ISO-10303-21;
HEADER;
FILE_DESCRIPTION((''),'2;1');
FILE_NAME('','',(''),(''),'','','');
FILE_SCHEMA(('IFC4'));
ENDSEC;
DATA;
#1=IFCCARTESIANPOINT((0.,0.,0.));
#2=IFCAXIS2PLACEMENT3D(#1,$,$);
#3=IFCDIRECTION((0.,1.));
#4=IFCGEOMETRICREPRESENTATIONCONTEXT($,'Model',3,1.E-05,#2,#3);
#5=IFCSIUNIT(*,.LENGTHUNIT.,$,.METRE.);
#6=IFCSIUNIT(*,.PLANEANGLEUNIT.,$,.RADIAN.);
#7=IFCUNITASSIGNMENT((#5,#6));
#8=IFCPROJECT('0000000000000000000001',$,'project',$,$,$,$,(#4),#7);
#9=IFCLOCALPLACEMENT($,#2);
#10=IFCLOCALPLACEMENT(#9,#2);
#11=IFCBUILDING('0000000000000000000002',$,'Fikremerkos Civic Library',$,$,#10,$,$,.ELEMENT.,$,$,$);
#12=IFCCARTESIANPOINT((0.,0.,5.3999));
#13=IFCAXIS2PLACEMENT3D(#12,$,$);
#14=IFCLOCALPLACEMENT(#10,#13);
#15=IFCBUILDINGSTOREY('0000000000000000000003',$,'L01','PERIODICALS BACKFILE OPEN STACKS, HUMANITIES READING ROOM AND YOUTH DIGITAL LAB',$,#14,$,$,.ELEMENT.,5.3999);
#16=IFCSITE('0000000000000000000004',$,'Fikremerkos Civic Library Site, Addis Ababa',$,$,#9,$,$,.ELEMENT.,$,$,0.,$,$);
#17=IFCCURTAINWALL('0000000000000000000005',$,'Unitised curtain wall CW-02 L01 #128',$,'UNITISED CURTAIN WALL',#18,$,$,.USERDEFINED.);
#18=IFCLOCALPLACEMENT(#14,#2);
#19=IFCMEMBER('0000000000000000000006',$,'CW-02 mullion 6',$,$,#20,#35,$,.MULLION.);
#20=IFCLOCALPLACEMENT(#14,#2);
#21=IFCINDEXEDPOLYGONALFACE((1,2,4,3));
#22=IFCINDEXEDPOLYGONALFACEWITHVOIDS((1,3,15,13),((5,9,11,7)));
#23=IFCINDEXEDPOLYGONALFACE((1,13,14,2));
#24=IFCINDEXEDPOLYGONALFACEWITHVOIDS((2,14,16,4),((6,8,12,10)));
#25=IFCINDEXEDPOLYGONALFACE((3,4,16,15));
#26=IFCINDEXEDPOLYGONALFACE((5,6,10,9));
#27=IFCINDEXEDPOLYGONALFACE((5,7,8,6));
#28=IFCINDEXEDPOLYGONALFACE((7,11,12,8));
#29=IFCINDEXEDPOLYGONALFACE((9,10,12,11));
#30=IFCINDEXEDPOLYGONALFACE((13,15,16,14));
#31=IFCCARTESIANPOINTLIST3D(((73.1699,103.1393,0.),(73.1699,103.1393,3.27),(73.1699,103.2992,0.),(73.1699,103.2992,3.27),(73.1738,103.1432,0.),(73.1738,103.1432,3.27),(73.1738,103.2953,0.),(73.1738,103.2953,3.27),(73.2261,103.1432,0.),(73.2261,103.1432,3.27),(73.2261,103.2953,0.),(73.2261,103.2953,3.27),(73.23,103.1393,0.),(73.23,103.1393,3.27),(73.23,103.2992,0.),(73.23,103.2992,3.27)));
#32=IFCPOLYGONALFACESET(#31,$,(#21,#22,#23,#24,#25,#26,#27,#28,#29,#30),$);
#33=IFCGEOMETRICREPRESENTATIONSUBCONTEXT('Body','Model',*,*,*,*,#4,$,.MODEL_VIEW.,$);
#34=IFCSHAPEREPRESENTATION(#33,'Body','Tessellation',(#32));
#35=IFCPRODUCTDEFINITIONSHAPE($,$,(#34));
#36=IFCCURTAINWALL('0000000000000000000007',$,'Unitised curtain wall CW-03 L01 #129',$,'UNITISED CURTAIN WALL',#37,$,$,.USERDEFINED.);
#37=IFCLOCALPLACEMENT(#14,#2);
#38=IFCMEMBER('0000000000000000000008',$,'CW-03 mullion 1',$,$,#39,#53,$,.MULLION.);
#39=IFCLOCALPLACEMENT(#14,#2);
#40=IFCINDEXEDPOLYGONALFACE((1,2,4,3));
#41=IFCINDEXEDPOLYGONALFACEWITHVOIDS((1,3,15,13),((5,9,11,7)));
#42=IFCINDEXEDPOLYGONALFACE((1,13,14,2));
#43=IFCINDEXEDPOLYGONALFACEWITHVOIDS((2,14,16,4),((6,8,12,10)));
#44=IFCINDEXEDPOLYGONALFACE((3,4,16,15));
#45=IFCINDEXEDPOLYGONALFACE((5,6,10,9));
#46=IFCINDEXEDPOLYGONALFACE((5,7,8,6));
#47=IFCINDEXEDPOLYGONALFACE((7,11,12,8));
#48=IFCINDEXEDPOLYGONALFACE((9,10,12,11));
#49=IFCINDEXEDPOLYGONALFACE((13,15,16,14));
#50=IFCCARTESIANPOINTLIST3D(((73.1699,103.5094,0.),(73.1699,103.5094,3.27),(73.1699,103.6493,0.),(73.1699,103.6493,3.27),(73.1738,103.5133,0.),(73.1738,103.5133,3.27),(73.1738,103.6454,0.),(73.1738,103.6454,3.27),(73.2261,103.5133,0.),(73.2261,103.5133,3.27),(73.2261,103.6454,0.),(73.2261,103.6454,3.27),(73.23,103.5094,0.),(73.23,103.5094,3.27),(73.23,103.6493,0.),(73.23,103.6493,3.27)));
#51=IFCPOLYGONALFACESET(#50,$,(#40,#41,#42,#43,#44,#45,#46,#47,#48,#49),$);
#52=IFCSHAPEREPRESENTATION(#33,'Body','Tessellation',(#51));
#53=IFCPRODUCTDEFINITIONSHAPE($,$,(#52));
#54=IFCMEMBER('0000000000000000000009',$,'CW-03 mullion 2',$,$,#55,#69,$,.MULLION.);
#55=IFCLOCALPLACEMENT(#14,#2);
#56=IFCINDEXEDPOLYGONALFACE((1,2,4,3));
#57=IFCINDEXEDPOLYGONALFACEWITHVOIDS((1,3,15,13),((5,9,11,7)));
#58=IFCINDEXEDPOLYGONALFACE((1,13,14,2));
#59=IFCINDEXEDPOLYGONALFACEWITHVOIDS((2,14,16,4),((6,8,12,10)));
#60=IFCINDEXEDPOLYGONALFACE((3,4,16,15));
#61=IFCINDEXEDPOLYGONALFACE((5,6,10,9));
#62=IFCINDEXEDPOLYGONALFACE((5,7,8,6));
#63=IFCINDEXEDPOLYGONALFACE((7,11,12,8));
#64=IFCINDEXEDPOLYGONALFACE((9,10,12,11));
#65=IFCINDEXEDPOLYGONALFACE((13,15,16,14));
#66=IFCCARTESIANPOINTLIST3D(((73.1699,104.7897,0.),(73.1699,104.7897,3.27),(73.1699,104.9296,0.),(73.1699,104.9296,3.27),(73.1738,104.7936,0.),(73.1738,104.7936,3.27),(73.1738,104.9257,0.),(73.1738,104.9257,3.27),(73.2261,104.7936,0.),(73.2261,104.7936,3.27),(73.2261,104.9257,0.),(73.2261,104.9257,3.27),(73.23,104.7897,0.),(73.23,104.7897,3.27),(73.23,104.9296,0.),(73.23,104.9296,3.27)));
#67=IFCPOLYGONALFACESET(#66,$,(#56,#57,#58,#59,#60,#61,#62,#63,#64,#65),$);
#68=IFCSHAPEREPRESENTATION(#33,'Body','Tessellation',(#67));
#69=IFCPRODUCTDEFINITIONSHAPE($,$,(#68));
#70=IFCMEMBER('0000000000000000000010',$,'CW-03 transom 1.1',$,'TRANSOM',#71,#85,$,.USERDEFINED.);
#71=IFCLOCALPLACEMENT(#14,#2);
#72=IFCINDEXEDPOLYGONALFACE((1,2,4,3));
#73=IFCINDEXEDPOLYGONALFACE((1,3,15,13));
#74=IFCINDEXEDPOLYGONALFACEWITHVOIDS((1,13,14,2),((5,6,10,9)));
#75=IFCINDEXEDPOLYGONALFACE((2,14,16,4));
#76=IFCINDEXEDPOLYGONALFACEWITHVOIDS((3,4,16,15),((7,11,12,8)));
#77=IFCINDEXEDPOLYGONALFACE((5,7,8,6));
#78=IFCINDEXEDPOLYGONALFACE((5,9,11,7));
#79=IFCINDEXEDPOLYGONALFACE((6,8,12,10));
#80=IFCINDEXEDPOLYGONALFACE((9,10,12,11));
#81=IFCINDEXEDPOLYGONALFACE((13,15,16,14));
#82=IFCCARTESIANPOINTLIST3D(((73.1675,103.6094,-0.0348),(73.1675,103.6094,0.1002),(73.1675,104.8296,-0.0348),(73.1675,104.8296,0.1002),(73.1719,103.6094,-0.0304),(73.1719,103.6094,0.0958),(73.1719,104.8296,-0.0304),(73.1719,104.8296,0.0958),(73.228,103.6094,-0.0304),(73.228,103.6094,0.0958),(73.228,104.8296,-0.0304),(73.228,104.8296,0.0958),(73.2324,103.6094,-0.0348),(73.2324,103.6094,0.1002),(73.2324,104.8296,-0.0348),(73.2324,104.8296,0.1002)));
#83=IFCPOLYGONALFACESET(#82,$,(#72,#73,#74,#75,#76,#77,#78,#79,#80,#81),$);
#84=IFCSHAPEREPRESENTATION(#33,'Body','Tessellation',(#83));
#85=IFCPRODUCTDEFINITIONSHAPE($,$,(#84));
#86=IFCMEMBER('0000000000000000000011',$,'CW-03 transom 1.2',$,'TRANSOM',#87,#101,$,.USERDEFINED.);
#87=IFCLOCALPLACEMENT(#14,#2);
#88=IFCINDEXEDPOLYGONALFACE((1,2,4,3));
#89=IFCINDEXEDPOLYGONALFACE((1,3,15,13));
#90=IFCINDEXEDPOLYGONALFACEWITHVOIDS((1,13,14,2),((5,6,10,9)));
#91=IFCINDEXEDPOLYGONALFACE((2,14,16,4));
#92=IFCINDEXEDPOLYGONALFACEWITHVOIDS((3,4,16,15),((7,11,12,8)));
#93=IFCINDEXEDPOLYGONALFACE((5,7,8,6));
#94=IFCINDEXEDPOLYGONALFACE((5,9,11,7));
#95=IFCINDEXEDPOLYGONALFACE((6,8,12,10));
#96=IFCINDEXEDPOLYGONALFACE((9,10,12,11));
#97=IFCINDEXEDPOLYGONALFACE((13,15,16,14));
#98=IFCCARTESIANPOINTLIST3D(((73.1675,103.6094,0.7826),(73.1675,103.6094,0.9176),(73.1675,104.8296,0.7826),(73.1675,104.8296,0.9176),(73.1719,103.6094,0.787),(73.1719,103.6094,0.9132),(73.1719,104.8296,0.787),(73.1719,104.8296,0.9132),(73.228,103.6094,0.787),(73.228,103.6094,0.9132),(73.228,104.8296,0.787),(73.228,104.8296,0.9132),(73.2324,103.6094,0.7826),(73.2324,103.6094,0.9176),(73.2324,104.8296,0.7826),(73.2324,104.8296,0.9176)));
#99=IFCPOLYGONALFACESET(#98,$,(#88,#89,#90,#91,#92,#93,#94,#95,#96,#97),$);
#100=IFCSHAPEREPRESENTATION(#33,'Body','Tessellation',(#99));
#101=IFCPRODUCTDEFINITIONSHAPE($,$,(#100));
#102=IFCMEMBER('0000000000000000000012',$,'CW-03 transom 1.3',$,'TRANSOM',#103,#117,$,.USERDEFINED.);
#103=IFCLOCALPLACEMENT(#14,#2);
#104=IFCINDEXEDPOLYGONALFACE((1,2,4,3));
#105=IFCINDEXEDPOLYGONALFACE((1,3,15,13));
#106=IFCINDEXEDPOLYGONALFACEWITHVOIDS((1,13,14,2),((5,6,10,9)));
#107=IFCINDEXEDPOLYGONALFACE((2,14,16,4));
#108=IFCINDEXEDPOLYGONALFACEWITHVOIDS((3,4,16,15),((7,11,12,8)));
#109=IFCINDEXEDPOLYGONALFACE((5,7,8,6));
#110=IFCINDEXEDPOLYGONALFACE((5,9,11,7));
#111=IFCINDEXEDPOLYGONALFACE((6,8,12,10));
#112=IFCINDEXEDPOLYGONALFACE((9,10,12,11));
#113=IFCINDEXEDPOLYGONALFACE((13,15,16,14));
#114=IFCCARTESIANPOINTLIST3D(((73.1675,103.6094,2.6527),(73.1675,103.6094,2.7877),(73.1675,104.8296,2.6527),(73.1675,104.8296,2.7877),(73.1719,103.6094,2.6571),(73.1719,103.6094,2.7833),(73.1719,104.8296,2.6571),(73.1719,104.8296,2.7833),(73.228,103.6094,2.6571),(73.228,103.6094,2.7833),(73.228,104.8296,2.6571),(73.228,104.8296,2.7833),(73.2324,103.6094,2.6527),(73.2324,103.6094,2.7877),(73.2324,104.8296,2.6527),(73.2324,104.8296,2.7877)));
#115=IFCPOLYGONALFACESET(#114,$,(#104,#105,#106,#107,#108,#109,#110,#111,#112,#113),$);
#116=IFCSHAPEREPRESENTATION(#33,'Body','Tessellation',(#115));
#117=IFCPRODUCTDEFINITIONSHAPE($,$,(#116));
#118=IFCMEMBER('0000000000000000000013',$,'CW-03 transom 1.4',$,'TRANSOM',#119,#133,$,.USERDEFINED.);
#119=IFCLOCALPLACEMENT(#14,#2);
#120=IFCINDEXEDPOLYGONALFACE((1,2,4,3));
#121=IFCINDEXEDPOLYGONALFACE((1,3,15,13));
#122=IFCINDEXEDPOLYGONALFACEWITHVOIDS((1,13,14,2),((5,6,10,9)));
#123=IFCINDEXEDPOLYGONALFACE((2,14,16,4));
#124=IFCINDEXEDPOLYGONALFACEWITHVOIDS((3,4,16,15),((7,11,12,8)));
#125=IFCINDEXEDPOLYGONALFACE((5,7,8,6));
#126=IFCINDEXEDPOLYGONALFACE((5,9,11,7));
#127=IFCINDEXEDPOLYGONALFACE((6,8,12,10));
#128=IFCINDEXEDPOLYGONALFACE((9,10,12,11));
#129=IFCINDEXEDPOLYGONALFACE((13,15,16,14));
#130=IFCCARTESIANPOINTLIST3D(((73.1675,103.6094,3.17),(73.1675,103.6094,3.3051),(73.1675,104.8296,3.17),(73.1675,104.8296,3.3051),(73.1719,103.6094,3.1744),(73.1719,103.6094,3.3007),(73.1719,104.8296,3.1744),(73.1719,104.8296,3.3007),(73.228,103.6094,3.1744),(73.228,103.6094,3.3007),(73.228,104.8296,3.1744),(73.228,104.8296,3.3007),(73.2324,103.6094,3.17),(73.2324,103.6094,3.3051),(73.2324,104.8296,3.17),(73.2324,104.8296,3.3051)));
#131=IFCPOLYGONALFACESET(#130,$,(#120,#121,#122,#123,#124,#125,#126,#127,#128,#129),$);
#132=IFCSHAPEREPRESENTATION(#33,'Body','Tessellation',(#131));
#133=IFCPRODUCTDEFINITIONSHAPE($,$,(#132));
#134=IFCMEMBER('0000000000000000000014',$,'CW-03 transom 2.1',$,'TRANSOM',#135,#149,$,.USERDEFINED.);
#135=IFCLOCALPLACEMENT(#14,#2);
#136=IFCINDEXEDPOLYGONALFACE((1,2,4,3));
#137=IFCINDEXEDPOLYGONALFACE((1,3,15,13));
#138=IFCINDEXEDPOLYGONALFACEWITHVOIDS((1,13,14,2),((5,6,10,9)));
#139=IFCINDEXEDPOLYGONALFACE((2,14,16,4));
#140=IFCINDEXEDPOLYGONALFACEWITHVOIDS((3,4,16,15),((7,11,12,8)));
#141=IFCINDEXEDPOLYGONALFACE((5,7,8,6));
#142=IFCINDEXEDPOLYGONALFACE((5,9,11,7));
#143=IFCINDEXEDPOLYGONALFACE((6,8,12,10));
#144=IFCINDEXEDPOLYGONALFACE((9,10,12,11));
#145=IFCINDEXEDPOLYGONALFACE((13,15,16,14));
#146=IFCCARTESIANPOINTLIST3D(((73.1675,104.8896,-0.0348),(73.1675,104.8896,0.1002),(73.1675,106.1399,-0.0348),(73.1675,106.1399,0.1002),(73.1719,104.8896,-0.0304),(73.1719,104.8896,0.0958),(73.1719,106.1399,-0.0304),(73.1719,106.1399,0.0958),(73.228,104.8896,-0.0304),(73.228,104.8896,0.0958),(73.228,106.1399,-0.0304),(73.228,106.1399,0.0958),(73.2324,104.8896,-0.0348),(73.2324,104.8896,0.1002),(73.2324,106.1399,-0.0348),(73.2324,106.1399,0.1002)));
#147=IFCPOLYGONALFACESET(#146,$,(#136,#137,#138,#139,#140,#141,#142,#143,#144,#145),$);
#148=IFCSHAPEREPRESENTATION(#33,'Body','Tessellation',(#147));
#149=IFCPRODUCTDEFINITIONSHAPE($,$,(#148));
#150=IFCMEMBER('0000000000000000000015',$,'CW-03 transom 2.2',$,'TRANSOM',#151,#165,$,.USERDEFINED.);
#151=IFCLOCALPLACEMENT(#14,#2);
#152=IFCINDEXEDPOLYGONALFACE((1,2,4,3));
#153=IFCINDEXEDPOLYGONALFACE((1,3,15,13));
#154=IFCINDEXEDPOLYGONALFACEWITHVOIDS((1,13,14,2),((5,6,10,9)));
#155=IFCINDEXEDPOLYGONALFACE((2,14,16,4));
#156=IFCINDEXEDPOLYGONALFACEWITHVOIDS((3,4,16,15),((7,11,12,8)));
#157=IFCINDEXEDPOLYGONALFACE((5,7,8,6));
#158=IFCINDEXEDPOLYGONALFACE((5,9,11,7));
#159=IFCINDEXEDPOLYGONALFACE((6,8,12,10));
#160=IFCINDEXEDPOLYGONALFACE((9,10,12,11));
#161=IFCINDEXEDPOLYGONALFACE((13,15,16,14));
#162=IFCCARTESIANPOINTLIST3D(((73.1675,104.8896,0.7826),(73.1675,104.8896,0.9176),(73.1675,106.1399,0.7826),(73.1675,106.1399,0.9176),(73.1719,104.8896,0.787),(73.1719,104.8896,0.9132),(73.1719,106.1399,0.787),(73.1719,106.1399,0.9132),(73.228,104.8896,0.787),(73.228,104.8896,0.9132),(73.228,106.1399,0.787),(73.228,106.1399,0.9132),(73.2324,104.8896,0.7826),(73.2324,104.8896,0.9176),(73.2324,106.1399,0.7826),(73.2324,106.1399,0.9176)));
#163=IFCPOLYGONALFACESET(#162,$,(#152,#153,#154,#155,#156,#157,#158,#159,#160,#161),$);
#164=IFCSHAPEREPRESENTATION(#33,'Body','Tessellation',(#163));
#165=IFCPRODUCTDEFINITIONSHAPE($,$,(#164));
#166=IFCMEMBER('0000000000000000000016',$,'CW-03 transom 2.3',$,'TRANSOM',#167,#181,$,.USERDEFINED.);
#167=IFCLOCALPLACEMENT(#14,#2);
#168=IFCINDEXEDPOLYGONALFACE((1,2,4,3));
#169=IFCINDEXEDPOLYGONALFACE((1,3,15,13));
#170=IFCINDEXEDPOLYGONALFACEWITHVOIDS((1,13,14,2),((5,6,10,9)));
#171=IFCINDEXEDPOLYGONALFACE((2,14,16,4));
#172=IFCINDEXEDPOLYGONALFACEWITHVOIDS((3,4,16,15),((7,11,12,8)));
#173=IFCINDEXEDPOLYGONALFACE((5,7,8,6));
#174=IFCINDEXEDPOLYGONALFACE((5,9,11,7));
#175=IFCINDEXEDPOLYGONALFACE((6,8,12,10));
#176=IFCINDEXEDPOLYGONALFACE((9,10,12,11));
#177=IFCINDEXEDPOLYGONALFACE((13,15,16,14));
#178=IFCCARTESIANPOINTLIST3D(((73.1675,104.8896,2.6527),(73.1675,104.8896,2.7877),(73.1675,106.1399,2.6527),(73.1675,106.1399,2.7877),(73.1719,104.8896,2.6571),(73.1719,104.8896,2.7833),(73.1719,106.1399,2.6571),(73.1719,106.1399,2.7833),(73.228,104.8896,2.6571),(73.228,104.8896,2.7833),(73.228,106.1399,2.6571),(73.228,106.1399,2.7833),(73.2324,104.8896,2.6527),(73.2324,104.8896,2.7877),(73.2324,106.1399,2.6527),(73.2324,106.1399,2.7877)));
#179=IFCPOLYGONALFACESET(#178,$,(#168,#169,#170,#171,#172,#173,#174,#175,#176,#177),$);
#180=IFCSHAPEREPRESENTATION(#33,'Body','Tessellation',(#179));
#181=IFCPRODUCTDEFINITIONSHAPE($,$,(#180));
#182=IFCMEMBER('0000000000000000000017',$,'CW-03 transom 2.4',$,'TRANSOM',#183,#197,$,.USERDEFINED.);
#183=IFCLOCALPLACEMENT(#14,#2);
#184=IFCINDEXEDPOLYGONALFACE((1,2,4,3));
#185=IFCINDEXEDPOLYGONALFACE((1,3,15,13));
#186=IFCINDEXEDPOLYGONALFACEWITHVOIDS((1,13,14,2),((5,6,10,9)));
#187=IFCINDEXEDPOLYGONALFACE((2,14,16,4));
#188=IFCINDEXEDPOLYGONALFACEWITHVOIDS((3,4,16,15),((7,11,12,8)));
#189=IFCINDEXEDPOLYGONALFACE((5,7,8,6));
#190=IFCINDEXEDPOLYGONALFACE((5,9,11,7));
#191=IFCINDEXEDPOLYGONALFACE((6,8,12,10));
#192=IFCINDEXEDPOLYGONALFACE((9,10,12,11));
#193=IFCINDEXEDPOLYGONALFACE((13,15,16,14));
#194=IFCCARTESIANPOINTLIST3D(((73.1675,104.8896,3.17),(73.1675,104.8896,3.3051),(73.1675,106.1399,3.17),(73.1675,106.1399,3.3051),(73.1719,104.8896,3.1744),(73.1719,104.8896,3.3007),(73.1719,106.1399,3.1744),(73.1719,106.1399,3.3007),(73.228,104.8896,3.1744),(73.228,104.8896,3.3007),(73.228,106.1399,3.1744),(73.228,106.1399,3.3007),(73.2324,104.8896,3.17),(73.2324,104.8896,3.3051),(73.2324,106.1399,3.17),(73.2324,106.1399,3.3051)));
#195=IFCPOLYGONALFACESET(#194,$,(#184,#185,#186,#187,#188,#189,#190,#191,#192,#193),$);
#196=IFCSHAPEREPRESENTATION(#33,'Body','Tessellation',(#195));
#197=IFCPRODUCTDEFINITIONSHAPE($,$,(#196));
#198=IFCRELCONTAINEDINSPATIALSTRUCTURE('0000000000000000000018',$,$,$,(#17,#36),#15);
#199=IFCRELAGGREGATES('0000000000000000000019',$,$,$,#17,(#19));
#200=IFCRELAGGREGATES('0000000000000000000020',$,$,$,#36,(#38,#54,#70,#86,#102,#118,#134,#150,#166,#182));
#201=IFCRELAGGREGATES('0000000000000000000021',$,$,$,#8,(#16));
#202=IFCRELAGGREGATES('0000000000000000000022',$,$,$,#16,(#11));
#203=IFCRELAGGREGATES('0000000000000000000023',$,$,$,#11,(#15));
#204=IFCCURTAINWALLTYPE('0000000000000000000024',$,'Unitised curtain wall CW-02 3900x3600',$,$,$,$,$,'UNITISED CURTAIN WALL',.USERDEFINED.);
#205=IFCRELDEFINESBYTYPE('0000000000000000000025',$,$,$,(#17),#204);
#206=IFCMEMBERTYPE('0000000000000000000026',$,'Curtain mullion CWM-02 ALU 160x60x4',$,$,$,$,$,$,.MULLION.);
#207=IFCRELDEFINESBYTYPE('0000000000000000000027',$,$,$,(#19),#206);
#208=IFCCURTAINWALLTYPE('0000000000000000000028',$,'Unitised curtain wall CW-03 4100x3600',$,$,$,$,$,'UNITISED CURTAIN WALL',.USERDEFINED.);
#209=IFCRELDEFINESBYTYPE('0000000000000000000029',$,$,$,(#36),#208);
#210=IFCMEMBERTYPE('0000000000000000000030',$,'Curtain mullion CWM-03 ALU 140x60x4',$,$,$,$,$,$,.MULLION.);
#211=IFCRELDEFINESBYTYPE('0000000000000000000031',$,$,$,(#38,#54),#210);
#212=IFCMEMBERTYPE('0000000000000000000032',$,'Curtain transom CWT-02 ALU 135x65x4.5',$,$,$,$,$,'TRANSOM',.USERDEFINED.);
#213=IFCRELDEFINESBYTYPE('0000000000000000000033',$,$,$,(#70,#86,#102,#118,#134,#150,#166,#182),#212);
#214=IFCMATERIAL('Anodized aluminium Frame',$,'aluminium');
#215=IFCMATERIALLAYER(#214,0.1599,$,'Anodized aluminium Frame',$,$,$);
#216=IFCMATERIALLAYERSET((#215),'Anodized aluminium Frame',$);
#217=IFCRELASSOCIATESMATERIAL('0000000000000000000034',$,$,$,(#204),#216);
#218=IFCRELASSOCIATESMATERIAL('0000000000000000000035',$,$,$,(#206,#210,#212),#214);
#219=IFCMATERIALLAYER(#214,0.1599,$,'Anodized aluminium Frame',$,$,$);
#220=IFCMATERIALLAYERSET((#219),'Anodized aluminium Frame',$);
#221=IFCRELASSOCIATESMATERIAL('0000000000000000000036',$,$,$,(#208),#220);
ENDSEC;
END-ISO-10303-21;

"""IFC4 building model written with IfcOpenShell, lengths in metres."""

from ifc_helpers import new_model, si_unit, direction, frame, origin, origin_2d, place, context, subcontext, project, spatial, hollow_rectangle, extrude, material, layer, layer_set, material_profile, profile_set, type_object, element, aggregate, save


model = new_model("IFC4")

# Units and contexts
model_context = context("Model", 3, precision=1e-05, world=origin(), true_north=direction((0.0, 1.0)))
body_context = subcontext(model_context, "Body", "Model", "MODEL_VIEW")
ifc_project = project(units=[si_unit("LENGTHUNIT", "METRE"), si_unit("PLANEANGLEUNIT", "RADIAN")], contexts=[model_context])

# Site, building, storey
site_placement = place(None, origin())
site = spatial("IfcSite", under=ifc_project, at=site_placement, Name="Fikremerkos Civic Library Site, Addis Ababa", CompositionType="ELEMENT", RefElevation=0.0)
building_placement = place(site_placement, origin())
building = spatial("IfcBuilding", under=site, at=building_placement, Name="Fikremerkos Civic Library", CompositionType="ELEMENT")
storey_placement = place(building_placement, frame((0.0, 0.0, 5.3999)))
storey = spatial("IfcBuildingStorey", under=building, at=storey_placement, Name="L01", Description="PERIODICALS BACKFILE OPEN STACKS, HUMANITIES READING ROOM AND YOUTH DIGITAL LAB", CompositionType="ELEMENT", Elevation=5.3999)

# Curtain wall, member
ifc_material_1 = material(Name="Anodized aluminium Frame", Category="aluminium")
ifc_layer_1 = layer(ifc_material_1, 0.1599, Name="Anodized aluminium Frame")
ifc_layer_set_1 = layer_set([ifc_layer_1], Name="Anodized aluminium Frame")
curtain_wall_type_1 = type_object("IfcCurtainWallType", Name="Unitised curtain wall CW-02 3900x3600", ElementType="UNITISED CURTAIN WALL", PredefinedType="USERDEFINED", material=ifc_layer_set_1)
curtain_wall_1_placement = place(storey_placement, origin())
curtain_wall_1 = element("IfcCurtainWall", 1, at=curtain_wall_1_placement, inside=storey, type_object=curtain_wall_type_1, Name="Unitised curtain wall CW-02 L01 #128", ObjectType="UNITISED CURTAIN WALL", PredefinedType="USERDEFINED")
ifc_material_profile_1 = material_profile(ifc_material_1, hollow_rectangle(XDim=0.0601, YDim=0.1599, WallThickness=0.0039, at=origin_2d()), Name="ALU 160x60x4")
ifc_profile_set_1 = profile_set([ifc_material_profile_1], Name="Anodized aluminium Frame")
member_type_1 = type_object("IfcMemberType", Name="Curtain mullion CWM-02 ALU 160x60x4", PredefinedType="MULLION", material=ifc_profile_set_1)
member_1_placement = place(storey_placement, frame((73.2, 103.2192, 0.0), z_axis=(0.0, 0.0, 1.0), x_axis=(-1.0, 0.0, 0.0)))
member_1 = element("IfcMember", 2, at=member_1_placement, type_object=member_type_1, Name="CW-02 mullion 6", PredefinedType="MULLION", context=body_context, shape_type="SweptSolid", body=[
    extrude(hollow_rectangle(XDim=0.0601, YDim=0.1599, WallThickness=0.0039, at=origin_2d()), origin(), (0.0, 0.0, 1.0), 3.27),
])

# Curtain wall, members
ifc_layer_2 = layer(ifc_material_1, 0.1599, Name="Anodized aluminium Frame")
ifc_layer_set_2 = layer_set([ifc_layer_2], Name="Anodized aluminium Frame")
curtain_wall_type_2 = type_object("IfcCurtainWallType", Name="Unitised curtain wall CW-03 4100x3600", ElementType="UNITISED CURTAIN WALL", PredefinedType="USERDEFINED", material=ifc_layer_set_2)
curtain_wall_2_placement = place(storey_placement, origin())
curtain_wall_2 = element("IfcCurtainWall", 3, at=curtain_wall_2_placement, inside=storey, type_object=curtain_wall_type_2, Name="Unitised curtain wall CW-03 L01 #129", ObjectType="UNITISED CURTAIN WALL", PredefinedType="USERDEFINED")
ifc_material_profile_2 = material_profile(ifc_material_1, hollow_rectangle(XDim=0.0601, YDim=0.1399, WallThickness=0.0039, at=origin_2d()), Name="ALU 140x60x4")
ifc_profile_set_2 = profile_set([ifc_material_profile_2], Name="Anodized aluminium Frame")
member_type_2 = type_object("IfcMemberType", Name="Curtain mullion CWM-03 ALU 140x60x4", PredefinedType="MULLION", material=ifc_profile_set_2)
member_2_placement = place(storey_placement, frame((73.2, 103.5793, 0.0), z_axis=(0.0, 0.0, 1.0), x_axis=(-1.0, 0.0, 0.0)))
member_2 = element("IfcMember", 4, at=member_2_placement, type_object=member_type_2, Name="CW-03 mullion 1", PredefinedType="MULLION", context=body_context, shape_type="SweptSolid", body=[
    extrude(hollow_rectangle(XDim=0.0601, YDim=0.1399, WallThickness=0.0039, at=origin_2d()), origin(), (0.0, 0.0, 1.0), 3.27),
])
member_3_placement = place(storey_placement, frame((73.2, 104.8596, 0.0), z_axis=(0.0, 0.0, 1.0), x_axis=(-1.0, 0.0, 0.0)))
member_3 = element("IfcMember", 5, at=member_3_placement, type_object=member_type_2, Name="CW-03 mullion 2", PredefinedType="MULLION", context=body_context, shape_type="SweptSolid", body=[
    extrude(hollow_rectangle(XDim=0.0601, YDim=0.1399, WallThickness=0.0039, at=origin_2d()), origin(), (0.0, 0.0, 1.0), 3.27),
])
ifc_material_profile_3 = material_profile(ifc_material_1, hollow_rectangle(XDim=0.0649, YDim=0.135, WallThickness=0.0044, at=origin_2d()), Name="ALU 135x65x4.5")
ifc_profile_set_3 = profile_set([ifc_material_profile_3], Name="Anodized aluminium Frame")
member_type_3 = type_object("IfcMemberType", Name="Curtain transom CWT-02 ALU 135x65x4.5", ElementType="TRANSOM", PredefinedType="USERDEFINED", material=ifc_profile_set_3)
member_4_placement = place(storey_placement, frame((73.2, 103.6094, 0.0327), z_axis=(0.0, 1.0, 0.0), x_axis=(-1.0, 0.0, 0.0)))
member_4 = element("IfcMember", 6, at=member_4_placement, type_object=member_type_3, Name="CW-03 transom 1.1", ObjectType="TRANSOM", PredefinedType="USERDEFINED", context=body_context, shape_type="SweptSolid", body=[
    extrude(hollow_rectangle(XDim=0.0649, YDim=0.135, WallThickness=0.0044, at=origin_2d()), origin(), (0.0, 0.0, 1.0), 1.2202),
])
member_5_placement = place(storey_placement, frame((73.2, 103.6094, 0.8501), z_axis=(0.0, 1.0, 0.0), x_axis=(-1.0, 0.0, 0.0)))
member_5 = element("IfcMember", 7, at=member_5_placement, type_object=member_type_3, Name="CW-03 transom 1.2", ObjectType="TRANSOM", PredefinedType="USERDEFINED", context=body_context, shape_type="SweptSolid", body=[
    extrude(hollow_rectangle(XDim=0.0649, YDim=0.135, WallThickness=0.0044, at=origin_2d()), origin(), (0.0, 0.0, 1.0), 1.2202),
])
member_6_placement = place(storey_placement, frame((73.2, 103.6094, 2.7202), z_axis=(0.0, 1.0, 0.0), x_axis=(-1.0, 0.0, 0.0)))
member_6 = element("IfcMember", 8, at=member_6_placement, type_object=member_type_3, Name="CW-03 transom 1.3", ObjectType="TRANSOM", PredefinedType="USERDEFINED", context=body_context, shape_type="SweptSolid", body=[
    extrude(hollow_rectangle(XDim=0.0649, YDim=0.135, WallThickness=0.0044, at=origin_2d()), origin(), (0.0, 0.0, 1.0), 1.2202),
])
member_7_placement = place(storey_placement, frame((73.2, 103.6094, 3.2375), z_axis=(0.0, 1.0, 0.0), x_axis=(-1.0, 0.0, 0.0)))
member_7 = element("IfcMember", 9, at=member_7_placement, type_object=member_type_3, Name="CW-03 transom 1.4", ObjectType="TRANSOM", PredefinedType="USERDEFINED", context=body_context, shape_type="SweptSolid", body=[
    extrude(hollow_rectangle(XDim=0.0649, YDim=0.135, WallThickness=0.0044, at=origin_2d()), origin(), (0.0, 0.0, 1.0), 1.2202),
])
member_8_placement = place(storey_placement, frame((73.2, 104.8896, 0.0327), z_axis=(0.0, 1.0, 0.0), x_axis=(-1.0, 0.0, 0.0)))
member_8 = element("IfcMember", 10, at=member_8_placement, type_object=member_type_3, Name="CW-03 transom 2.1", ObjectType="TRANSOM", PredefinedType="USERDEFINED", context=body_context, shape_type="SweptSolid", body=[
    extrude(hollow_rectangle(XDim=0.0649, YDim=0.135, WallThickness=0.0044, at=origin_2d()), origin(), (0.0, 0.0, 1.0), 1.2502),
])
member_9_placement = place(storey_placement, frame((73.2, 104.8896, 0.8501), z_axis=(0.0, 1.0, 0.0), x_axis=(-1.0, 0.0, 0.0)))
member_9 = element("IfcMember", 11, at=member_9_placement, type_object=member_type_3, Name="CW-03 transom 2.2", ObjectType="TRANSOM", PredefinedType="USERDEFINED", context=body_context, shape_type="SweptSolid", body=[
    extrude(hollow_rectangle(XDim=0.0649, YDim=0.135, WallThickness=0.0044, at=origin_2d()), origin(), (0.0, 0.0, 1.0), 1.2502),
])
member_10_placement = place(storey_placement, frame((73.2, 104.8896, 2.7202), z_axis=(0.0, 1.0, 0.0), x_axis=(-1.0, 0.0, 0.0)))
member_10 = element("IfcMember", 12, at=member_10_placement, type_object=member_type_3, Name="CW-03 transom 2.3", ObjectType="TRANSOM", PredefinedType="USERDEFINED", context=body_context, shape_type="SweptSolid", body=[
    extrude(hollow_rectangle(XDim=0.0649, YDim=0.135, WallThickness=0.0044, at=origin_2d()), origin(), (0.0, 0.0, 1.0), 1.2502),
])
member_11_placement = place(storey_placement, frame((73.2, 104.8896, 3.2375), z_axis=(0.0, 1.0, 0.0), x_axis=(-1.0, 0.0, 0.0)))
member_11 = element("IfcMember", 13, at=member_11_placement, type_object=member_type_3, Name="CW-03 transom 2.4", ObjectType="TRANSOM", PredefinedType="USERDEFINED", context=body_context, shape_type="SweptSolid", body=[
    extrude(hollow_rectangle(XDim=0.0649, YDim=0.135, WallThickness=0.0044, at=origin_2d()), origin(), (0.0, 0.0, 1.0), 1.2502),
])

aggregate(curtain_wall_1, [member_1])
aggregate(curtain_wall_2, [member_2, member_3, member_4, member_5, member_6, member_7, member_8, member_9, member_10, member_11])

save(model, "model.ifc")
